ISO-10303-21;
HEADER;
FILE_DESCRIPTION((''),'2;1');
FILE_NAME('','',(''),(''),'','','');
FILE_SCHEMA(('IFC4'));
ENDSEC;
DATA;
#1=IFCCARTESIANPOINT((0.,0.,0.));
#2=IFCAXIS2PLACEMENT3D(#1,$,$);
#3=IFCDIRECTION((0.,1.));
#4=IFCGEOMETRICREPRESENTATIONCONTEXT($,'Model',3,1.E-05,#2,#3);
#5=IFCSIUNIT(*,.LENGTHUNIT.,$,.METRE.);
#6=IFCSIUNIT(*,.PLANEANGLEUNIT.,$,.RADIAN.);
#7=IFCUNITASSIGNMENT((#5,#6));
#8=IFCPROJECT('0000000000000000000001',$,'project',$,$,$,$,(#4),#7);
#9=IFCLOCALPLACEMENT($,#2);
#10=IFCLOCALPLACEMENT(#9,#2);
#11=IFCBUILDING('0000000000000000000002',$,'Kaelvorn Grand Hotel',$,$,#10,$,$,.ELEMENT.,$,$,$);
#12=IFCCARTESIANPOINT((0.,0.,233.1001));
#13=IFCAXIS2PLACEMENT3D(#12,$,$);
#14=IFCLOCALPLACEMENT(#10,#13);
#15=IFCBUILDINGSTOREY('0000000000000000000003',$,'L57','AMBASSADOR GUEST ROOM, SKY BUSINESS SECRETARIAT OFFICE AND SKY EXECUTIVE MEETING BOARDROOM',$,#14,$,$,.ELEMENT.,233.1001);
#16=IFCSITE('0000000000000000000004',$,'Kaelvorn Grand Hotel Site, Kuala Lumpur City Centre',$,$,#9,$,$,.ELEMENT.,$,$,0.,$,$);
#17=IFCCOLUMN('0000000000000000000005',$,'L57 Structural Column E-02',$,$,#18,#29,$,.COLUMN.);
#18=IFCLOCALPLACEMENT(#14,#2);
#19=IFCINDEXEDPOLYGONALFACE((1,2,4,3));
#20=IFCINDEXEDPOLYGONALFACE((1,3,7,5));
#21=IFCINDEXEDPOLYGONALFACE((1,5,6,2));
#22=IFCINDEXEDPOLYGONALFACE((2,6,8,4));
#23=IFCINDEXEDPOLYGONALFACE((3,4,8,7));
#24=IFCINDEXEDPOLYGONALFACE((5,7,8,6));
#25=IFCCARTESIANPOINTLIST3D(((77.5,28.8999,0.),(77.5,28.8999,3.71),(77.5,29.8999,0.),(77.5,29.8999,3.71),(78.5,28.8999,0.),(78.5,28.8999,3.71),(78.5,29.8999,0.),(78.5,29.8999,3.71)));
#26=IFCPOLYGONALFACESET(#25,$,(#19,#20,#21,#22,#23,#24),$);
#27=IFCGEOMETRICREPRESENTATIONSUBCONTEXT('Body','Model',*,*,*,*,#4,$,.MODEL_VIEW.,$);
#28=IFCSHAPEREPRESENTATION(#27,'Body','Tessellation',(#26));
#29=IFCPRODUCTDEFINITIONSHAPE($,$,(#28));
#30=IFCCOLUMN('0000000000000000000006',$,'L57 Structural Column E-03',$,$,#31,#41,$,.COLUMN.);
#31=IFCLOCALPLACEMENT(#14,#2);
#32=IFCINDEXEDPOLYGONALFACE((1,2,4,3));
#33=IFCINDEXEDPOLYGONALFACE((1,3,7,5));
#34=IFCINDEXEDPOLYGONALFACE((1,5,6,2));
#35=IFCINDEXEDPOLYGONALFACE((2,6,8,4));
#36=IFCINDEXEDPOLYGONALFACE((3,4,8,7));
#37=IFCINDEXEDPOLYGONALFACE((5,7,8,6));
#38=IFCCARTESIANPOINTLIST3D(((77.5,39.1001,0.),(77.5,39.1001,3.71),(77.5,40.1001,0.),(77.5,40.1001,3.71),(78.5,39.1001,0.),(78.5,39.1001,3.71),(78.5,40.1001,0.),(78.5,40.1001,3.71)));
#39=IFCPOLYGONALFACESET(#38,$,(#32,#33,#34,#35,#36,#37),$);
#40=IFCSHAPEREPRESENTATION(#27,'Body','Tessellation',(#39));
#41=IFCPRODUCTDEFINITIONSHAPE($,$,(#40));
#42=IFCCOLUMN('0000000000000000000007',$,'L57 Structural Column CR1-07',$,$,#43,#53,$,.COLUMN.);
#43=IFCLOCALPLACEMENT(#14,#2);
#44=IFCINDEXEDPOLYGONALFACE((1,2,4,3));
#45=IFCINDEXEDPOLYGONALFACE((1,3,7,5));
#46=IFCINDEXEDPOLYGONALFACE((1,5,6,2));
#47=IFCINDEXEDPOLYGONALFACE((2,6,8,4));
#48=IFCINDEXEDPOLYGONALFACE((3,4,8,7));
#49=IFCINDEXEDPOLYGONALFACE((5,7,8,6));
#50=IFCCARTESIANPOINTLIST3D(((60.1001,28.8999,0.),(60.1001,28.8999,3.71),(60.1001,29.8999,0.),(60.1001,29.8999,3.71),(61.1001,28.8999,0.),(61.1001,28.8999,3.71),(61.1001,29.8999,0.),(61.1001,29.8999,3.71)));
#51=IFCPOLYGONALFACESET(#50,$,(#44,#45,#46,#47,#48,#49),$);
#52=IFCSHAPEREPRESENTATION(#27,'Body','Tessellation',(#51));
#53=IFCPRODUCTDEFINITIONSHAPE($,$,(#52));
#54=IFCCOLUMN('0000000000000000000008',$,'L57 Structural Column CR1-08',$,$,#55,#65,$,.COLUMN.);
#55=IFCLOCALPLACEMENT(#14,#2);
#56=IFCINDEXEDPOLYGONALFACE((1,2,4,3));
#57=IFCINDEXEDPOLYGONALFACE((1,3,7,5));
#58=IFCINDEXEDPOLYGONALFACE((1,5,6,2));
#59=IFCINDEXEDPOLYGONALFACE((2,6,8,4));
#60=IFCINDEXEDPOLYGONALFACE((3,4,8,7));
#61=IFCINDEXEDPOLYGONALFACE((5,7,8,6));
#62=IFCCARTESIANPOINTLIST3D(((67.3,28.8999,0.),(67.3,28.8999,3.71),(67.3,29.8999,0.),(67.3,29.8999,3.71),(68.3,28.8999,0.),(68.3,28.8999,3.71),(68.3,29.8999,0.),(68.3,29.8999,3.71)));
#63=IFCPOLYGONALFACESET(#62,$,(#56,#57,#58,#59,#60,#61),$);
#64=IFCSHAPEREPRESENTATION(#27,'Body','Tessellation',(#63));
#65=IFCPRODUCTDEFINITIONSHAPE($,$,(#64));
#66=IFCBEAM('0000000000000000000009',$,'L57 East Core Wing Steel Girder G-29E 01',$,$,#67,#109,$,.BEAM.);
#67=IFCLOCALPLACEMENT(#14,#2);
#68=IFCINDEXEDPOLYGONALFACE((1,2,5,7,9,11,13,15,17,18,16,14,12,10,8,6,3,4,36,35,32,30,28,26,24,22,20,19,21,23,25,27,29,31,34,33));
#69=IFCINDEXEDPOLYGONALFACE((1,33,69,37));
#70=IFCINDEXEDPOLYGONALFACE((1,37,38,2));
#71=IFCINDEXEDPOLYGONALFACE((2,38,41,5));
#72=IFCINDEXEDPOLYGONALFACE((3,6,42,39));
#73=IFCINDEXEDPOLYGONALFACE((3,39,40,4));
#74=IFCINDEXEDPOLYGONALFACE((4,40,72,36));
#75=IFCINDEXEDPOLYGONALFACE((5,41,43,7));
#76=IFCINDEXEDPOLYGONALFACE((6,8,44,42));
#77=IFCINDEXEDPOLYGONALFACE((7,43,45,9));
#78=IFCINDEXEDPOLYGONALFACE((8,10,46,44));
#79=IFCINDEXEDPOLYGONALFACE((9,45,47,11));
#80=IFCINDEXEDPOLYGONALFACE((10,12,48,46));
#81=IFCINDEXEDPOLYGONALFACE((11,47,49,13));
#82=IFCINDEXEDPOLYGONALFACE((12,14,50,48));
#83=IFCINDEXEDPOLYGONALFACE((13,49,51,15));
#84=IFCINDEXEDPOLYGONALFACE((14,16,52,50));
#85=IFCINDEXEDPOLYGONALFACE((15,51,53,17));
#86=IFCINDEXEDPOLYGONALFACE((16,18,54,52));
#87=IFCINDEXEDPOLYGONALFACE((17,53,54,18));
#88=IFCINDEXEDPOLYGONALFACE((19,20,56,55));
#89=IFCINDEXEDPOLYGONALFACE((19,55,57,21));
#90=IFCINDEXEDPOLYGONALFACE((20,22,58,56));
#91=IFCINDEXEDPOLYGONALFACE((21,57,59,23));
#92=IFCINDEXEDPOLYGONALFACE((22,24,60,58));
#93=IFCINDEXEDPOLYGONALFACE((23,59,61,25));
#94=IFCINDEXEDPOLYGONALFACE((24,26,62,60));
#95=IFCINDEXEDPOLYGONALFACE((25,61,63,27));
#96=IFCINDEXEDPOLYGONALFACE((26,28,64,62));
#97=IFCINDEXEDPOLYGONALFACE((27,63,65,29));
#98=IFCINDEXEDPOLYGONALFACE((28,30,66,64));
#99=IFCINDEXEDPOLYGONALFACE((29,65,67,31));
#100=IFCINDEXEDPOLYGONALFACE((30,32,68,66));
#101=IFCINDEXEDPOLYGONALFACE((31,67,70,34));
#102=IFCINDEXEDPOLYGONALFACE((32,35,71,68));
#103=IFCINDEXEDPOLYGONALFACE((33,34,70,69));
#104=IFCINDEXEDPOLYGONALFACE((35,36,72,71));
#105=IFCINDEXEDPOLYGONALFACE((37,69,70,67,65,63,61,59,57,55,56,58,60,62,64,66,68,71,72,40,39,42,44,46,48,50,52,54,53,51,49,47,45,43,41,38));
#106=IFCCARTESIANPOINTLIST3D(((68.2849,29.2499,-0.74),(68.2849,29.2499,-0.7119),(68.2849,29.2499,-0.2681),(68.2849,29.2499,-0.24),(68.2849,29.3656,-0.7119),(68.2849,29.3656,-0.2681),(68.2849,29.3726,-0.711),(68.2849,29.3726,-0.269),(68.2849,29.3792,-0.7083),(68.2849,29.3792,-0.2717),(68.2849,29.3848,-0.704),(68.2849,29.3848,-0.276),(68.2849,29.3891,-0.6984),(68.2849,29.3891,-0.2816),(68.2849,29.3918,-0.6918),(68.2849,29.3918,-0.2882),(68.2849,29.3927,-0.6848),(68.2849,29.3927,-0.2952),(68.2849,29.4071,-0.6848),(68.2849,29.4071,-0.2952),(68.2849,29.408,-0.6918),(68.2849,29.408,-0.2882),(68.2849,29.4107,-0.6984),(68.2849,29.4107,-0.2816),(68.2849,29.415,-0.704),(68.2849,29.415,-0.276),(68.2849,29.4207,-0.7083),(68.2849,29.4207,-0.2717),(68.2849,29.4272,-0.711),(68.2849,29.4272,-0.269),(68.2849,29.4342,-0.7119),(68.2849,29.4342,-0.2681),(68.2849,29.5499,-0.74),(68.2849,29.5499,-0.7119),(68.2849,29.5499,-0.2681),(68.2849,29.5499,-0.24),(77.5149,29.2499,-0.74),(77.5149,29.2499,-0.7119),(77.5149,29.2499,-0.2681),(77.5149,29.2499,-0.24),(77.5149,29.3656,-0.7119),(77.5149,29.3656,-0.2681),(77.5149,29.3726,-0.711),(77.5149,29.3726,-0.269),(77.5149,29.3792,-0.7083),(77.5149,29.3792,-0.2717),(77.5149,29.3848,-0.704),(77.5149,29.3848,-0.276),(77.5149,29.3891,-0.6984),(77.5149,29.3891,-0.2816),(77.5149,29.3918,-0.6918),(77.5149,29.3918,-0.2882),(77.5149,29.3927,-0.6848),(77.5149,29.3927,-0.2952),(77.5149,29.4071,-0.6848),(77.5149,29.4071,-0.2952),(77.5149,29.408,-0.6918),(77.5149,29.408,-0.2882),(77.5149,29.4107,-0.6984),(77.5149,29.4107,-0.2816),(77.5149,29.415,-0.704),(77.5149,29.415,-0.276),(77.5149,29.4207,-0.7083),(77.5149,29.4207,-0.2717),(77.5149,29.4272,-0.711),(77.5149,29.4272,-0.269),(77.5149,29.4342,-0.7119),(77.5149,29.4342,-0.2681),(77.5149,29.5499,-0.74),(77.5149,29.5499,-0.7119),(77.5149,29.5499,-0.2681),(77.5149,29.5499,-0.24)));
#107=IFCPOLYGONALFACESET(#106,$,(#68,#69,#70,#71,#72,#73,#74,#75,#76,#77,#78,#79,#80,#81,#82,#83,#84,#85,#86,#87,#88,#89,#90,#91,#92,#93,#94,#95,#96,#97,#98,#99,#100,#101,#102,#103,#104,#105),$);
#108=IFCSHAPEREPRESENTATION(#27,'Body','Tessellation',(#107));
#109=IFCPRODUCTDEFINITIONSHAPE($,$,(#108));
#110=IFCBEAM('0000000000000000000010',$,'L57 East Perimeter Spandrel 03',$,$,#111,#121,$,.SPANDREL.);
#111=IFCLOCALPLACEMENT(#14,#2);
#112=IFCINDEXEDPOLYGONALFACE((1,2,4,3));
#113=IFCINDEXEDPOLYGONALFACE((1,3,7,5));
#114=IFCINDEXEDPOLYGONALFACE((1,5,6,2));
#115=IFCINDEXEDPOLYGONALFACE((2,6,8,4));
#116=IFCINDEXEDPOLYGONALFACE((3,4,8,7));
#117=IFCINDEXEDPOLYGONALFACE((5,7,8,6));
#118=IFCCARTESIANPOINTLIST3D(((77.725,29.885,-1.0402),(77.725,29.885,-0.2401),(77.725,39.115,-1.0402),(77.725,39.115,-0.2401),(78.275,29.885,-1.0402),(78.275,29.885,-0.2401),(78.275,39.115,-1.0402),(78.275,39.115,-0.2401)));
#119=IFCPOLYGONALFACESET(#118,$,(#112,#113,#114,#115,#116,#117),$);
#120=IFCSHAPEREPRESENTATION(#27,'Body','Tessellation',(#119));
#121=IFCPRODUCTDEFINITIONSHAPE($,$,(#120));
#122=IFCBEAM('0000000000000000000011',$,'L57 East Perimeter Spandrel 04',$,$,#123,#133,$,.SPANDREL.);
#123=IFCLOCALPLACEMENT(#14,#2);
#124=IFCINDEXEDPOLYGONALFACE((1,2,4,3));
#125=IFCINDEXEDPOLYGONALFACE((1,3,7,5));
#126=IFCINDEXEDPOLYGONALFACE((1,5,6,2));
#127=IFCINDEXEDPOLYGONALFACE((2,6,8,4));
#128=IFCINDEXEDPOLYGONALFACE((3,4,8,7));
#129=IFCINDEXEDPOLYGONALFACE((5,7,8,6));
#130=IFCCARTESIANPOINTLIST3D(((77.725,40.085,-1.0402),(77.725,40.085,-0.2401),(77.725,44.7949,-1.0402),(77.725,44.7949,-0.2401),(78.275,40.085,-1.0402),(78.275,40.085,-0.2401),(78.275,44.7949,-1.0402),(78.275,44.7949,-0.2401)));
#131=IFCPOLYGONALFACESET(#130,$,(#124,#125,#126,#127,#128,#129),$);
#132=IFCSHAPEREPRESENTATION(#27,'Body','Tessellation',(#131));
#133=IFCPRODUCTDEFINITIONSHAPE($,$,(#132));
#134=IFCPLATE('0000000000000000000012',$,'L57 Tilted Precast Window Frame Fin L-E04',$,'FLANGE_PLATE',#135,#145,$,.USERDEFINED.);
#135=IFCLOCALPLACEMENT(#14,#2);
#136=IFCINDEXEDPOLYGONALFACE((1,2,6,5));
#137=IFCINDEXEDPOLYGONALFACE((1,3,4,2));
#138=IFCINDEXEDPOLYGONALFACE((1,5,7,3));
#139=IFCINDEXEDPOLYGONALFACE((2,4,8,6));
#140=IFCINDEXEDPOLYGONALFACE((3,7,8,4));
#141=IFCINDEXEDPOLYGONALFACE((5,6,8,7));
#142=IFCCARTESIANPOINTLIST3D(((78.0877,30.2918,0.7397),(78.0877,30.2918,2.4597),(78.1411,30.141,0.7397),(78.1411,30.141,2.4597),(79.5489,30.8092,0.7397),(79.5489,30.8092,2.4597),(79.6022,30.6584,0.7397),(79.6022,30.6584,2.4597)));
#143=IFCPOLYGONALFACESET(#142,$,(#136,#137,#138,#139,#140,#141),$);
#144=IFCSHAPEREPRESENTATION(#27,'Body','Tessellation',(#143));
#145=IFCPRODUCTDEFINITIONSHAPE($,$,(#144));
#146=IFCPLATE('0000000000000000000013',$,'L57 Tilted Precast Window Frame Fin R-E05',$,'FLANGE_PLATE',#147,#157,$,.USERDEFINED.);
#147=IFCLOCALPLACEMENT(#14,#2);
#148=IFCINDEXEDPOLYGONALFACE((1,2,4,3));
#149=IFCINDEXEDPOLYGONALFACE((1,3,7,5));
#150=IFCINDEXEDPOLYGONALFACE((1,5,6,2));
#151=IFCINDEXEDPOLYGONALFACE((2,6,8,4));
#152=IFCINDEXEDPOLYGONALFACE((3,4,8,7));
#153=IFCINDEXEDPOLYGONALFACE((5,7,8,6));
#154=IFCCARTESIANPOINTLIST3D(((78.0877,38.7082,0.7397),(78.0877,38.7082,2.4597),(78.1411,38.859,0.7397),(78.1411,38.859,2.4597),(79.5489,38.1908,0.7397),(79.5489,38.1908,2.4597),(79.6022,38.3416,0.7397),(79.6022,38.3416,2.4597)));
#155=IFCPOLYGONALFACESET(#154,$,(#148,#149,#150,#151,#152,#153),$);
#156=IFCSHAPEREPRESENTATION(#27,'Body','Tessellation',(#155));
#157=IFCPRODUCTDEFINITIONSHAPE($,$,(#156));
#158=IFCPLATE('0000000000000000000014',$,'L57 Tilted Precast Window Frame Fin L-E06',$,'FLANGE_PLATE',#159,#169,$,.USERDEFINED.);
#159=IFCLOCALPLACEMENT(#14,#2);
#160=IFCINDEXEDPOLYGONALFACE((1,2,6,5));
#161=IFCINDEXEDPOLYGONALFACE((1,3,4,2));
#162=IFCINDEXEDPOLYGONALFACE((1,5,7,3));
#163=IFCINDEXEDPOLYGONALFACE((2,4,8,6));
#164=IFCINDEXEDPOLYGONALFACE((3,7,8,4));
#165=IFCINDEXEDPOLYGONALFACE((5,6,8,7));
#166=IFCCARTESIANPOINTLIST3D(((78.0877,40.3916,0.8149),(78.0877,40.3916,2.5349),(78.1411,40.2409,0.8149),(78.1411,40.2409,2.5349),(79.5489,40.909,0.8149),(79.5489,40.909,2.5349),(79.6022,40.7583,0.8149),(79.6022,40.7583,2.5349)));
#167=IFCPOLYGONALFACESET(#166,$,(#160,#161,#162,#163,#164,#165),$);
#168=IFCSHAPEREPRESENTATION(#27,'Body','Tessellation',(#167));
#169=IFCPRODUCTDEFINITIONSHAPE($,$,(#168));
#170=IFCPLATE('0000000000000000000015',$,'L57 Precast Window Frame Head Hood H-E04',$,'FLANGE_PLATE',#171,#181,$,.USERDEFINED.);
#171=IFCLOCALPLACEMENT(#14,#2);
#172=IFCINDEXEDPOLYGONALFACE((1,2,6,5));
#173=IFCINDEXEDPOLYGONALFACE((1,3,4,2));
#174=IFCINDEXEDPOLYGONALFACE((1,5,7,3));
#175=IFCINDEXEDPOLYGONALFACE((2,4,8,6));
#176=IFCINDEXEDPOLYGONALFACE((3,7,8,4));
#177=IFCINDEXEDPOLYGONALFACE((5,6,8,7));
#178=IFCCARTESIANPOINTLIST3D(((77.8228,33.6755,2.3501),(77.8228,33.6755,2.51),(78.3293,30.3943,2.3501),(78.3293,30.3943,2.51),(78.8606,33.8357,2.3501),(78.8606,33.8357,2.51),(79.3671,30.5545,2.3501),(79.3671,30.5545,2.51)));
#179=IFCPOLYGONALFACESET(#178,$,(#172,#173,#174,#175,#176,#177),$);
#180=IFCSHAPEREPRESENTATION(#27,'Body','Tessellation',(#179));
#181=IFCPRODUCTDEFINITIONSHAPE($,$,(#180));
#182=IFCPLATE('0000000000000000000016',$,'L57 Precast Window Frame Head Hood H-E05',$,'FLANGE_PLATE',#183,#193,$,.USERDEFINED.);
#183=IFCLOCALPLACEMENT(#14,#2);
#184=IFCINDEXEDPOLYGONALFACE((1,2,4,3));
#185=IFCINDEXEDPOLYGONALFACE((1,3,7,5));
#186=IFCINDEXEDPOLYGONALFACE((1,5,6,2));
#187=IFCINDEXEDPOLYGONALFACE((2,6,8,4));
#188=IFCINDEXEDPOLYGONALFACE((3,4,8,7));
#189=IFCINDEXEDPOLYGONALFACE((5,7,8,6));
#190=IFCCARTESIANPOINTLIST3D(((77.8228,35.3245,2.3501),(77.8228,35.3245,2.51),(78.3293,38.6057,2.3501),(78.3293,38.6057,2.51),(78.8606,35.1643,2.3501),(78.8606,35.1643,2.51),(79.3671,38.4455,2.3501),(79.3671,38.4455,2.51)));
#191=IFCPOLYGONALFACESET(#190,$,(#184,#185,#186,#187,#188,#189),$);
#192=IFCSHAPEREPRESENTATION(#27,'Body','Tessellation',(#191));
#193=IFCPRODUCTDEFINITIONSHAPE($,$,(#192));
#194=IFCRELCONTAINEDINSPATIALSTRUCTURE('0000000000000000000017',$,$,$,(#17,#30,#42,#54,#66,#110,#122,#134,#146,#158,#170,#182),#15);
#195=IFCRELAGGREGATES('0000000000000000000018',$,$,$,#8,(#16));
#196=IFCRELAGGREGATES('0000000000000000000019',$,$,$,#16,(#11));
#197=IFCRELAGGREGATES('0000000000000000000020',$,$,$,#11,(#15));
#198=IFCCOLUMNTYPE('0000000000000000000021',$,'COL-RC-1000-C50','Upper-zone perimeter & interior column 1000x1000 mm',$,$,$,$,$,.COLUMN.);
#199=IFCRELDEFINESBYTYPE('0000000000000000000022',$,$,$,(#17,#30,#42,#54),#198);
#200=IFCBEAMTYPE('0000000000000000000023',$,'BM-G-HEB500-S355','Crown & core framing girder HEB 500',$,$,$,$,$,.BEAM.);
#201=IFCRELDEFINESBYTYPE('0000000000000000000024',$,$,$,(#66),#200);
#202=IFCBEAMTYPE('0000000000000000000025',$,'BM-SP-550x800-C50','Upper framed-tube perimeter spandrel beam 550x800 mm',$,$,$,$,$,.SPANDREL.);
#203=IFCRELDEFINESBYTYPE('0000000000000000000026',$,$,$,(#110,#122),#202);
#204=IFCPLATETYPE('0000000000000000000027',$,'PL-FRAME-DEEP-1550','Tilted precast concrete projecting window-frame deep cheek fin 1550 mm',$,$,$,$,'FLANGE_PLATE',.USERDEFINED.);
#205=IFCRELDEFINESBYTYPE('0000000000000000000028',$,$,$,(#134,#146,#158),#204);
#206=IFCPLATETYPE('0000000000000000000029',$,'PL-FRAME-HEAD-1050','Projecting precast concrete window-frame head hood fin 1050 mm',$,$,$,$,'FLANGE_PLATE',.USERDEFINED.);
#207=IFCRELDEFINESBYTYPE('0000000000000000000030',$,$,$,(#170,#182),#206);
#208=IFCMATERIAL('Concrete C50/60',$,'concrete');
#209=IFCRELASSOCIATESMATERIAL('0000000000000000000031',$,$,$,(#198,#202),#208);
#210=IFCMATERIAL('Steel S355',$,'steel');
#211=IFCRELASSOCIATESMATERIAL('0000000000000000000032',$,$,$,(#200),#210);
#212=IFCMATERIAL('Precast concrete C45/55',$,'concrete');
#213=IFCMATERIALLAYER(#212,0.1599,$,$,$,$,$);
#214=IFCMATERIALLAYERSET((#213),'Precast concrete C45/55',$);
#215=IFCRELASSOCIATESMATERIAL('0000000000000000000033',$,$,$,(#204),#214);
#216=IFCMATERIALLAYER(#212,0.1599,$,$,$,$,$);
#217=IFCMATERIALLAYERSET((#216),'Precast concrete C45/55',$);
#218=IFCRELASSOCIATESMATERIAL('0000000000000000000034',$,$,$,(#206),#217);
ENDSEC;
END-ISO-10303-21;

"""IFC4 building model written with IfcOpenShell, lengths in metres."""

from ifc_helpers import new_model, si_unit, direction, frame, origin, origin_2d, place, context, subcontext, project, spatial, rectangle, i_section, extrude, material, layer, layer_set, material_profile, profile_set, type_object, element, save


model = new_model("IFC4")

# Units and contexts
model_context = context("Model", 3, precision=1e-05, world=origin(), true_north=direction((0.0, 1.0)))
body_context = subcontext(model_context, "Body", "Model", "MODEL_VIEW")
ifc_project = project(units=[si_unit("LENGTHUNIT", "METRE"), si_unit("PLANEANGLEUNIT", "RADIAN")], contexts=[model_context])

# Site, building, storey
site_placement = place(None, origin())
site = spatial("IfcSite", under=ifc_project, at=site_placement, Name="Kaelvorn Grand Hotel Site, Kuala Lumpur City Centre", CompositionType="ELEMENT", RefElevation=0.0)
building_placement = place(site_placement, origin())
building = spatial("IfcBuilding", under=site, at=building_placement, Name="Kaelvorn Grand Hotel", CompositionType="ELEMENT")
storey_placement = place(building_placement, frame((0.0, 0.0, 233.1001)))
storey = spatial("IfcBuildingStorey", under=building, at=storey_placement, Name="L57", Description="AMBASSADOR GUEST ROOM, SKY BUSINESS SECRETARIAT OFFICE AND SKY EXECUTIVE MEETING BOARDROOM", CompositionType="ELEMENT", Elevation=233.1001)

# Columns
ifc_material_1 = material(Name="Concrete C50/60", Category="concrete")
ifc_material_profile_1 = material_profile(ifc_material_1, rectangle(XDim=1.0, YDim=1.0, at=origin_2d()), Name="RC COL 1000x1000")
ifc_profile_set_1 = profile_set([ifc_material_profile_1], Name="Concrete C50/60")
column_type = type_object("IfcColumnType", Name="COL-RC-1000-C50", Description="Upper-zone perimeter & interior column 1000x1000 mm", PredefinedType="COLUMN", material=ifc_profile_set_1)
for number, where, z_axis, x_axis, name in (
    (1, (78.0, 29.3999, 0.0), (0.0, 0.0, 1.0), (1.0, 0.0, 0.0), "L57 Structural Column E-02"),
    (2, (78.0, 39.6001, 0.0), (0.0, 0.0, 1.0), (1.0, 0.0, 0.0), "L57 Structural Column E-03"),
    (3, (60.6001, 29.3999, 0.0), (0.0, 0.0, 1.0), (1.0, 0.0, 0.0), "L57 Structural Column CR1-07"),
    (4, (67.8, 29.3999, 0.0), (0.0, 0.0, 1.0), (1.0, 0.0, 0.0), "L57 Structural Column CR1-08"),
):
    element("IfcColumn", number, at=place(storey_placement, frame(where, z_axis=z_axis, x_axis=x_axis)), inside=storey, type_object=column_type, Name=name, PredefinedType="COLUMN", context=body_context, shape_type="SweptSolid", body=[
        extrude(rectangle(XDim=1.0, YDim=1.0, at=origin_2d()), origin(), (0.0, 0.0, 1.0), 3.71),
    ])

# Beams
ifc_material_2 = material(Name="Steel S355", Category="steel")
ifc_material_profile_2 = material_profile(ifc_material_2, i_section(OverallWidth=0.3, OverallDepth=0.5, WebThickness=0.0144, FlangeThickness=0.0281, FilletRadius=0.0271, at=origin_2d()), Name="HEB 500")
ifc_profile_set_2 = profile_set([ifc_material_profile_2], Name="Steel S355")
beam_type_1 = type_object("IfcBeamType", Name="BM-G-HEB500-S355", Description="Crown & core framing girder HEB 500", PredefinedType="BEAM", material=ifc_profile_set_2)
beam_1_placement = place(storey_placement, frame((68.2849, 29.3999, -0.49), z_axis=(1.0, 0.0, 0.0), x_axis=(0.0, 1.0, 0.0)))
element("IfcBeam", 5, at=beam_1_placement, inside=storey, type_object=beam_type_1, Name="L57 East Core Wing Steel Girder G-29E 01", PredefinedType="BEAM", context=body_context, shape_type="SweptSolid", body=[
    extrude(i_section(OverallWidth=0.3, OverallDepth=0.5, WebThickness=0.0144, FlangeThickness=0.0281, FilletRadius=0.0271, at=origin_2d()), origin(), (0.0, 0.0, 1.0), 9.23),
])
ifc_material_profile_3 = material_profile(ifc_material_1, rectangle(XDim=0.55, YDim=0.8, at=origin_2d()), Name="RC SPANDREL 550x800")
ifc_profile_set_3 = profile_set([ifc_material_profile_3], Name="Concrete C50/60")
beam_type_2 = type_object("IfcBeamType", Name="BM-SP-550x800-C50", Description="Upper framed-tube perimeter spandrel beam 550x800 mm", PredefinedType="SPANDREL", material=ifc_profile_set_3)
beam_2_placement = place(storey_placement, frame((78.0, 29.885, -0.6401), z_axis=(0.0, 1.0, 0.0), x_axis=(-1.0, 0.0, 0.0)))
element("IfcBeam", 6, at=beam_2_placement, inside=storey, type_object=beam_type_2, Name="L57 East Perimeter Spandrel 03", PredefinedType="SPANDREL", context=body_context, shape_type="SweptSolid", body=[
    extrude(rectangle(XDim=0.55, YDim=0.8, at=origin_2d()), origin(), (0.0, 0.0, 1.0), 9.23),
])
beam_3_placement = place(storey_placement, frame((78.0, 40.085, -0.6401), z_axis=(0.0, 1.0, 0.0), x_axis=(-1.0, 0.0, 0.0)))
element("IfcBeam", 7, at=beam_3_placement, inside=storey, type_object=beam_type_2, Name="L57 East Perimeter Spandrel 04", PredefinedType="SPANDREL", context=body_context, shape_type="SweptSolid", body=[
    extrude(rectangle(XDim=0.55, YDim=0.8, at=origin_2d()), origin(), (0.0, 0.0, 1.0), 4.71),
])

# Plates
ifc_material_3 = material(Name="Precast concrete C45/55", Category="concrete")
ifc_layer_1 = layer(ifc_material_3, 0.1599)
ifc_layer_set_1 = layer_set([ifc_layer_1], Name="Precast concrete C45/55")
plate_type_1 = type_object("IfcPlateType", Name="PL-FRAME-DEEP-1550", Description="Tilted precast concrete projecting window-frame deep cheek fin 1550 mm", ElementType="FLANGE_PLATE", PredefinedType="USERDEFINED", material=ifc_layer_set_1)
for number, where, z_axis, x_axis, name in (
    (8, (78.845, 30.4751, 0.7397), (0.0, 0.0, 1.0), (-0.333807, 0.942641, 0.0), "L57 Tilted Precast Window Frame Fin L-E04"),
    (9, (78.845, 38.5249, 0.7397), (0.0, 0.0, 1.0), (0.333807, 0.942641, 0.0), "L57 Tilted Precast Window Frame Fin R-E05"),
    (10, (78.845, 40.575, 0.8149), (0.0, 0.0, 1.0), (-0.333807, 0.942641, 0.0), "L57 Tilted Precast Window Frame Fin L-E06"),
):
    element("IfcPlate", number, at=place(storey_placement, frame(where, z_axis=z_axis, x_axis=x_axis)), inside=storey, type_object=plate_type_1, Name=name, ObjectType="FLANGE_PLATE", PredefinedType="USERDEFINED", context=body_context, shape_type="SweptSolid", body=[
        extrude(rectangle(XDim=0.1599, YDim=1.55, at=origin_2d()), origin(), (0.0, 0.0, 1.0), 1.72),
    ])
ifc_layer_2 = layer(ifc_material_3, 0.1599)
ifc_layer_set_2 = layer_set([ifc_layer_2], Name="Precast concrete C45/55")
plate_type_2 = type_object("IfcPlateType", Name="PL-FRAME-HEAD-1050", Description="Projecting precast concrete window-frame head hood fin 1050 mm", ElementType="FLANGE_PLATE", PredefinedType="USERDEFINED", material=ifc_layer_set_2)
for number, where, z_axis, x_axis, name in (
    (11, (78.595, 32.115, 2.3501), (0.0, 0.0, 1.0), (-0.152555, 0.988295, 0.0), "L57 Precast Window Frame Head Hood H-E04"),
    (12, (78.595, 36.885, 2.3501), (0.0, 0.0, 1.0), (0.152555, 0.988295, 0.0), "L57 Precast Window Frame Head Hood H-E05"),
):
    element("IfcPlate", number, at=place(storey_placement, frame(where, z_axis=z_axis, x_axis=x_axis)), inside=storey, type_object=plate_type_2, Name=name, ObjectType="FLANGE_PLATE", PredefinedType="USERDEFINED", context=body_context, shape_type="SweptSolid", body=[
        extrude(rectangle(XDim=3.3201, YDim=1.05, at=origin_2d()), origin(), (0.0, 0.0, 1.0), 0.1599),
    ])

save(model, "model.ifc")
